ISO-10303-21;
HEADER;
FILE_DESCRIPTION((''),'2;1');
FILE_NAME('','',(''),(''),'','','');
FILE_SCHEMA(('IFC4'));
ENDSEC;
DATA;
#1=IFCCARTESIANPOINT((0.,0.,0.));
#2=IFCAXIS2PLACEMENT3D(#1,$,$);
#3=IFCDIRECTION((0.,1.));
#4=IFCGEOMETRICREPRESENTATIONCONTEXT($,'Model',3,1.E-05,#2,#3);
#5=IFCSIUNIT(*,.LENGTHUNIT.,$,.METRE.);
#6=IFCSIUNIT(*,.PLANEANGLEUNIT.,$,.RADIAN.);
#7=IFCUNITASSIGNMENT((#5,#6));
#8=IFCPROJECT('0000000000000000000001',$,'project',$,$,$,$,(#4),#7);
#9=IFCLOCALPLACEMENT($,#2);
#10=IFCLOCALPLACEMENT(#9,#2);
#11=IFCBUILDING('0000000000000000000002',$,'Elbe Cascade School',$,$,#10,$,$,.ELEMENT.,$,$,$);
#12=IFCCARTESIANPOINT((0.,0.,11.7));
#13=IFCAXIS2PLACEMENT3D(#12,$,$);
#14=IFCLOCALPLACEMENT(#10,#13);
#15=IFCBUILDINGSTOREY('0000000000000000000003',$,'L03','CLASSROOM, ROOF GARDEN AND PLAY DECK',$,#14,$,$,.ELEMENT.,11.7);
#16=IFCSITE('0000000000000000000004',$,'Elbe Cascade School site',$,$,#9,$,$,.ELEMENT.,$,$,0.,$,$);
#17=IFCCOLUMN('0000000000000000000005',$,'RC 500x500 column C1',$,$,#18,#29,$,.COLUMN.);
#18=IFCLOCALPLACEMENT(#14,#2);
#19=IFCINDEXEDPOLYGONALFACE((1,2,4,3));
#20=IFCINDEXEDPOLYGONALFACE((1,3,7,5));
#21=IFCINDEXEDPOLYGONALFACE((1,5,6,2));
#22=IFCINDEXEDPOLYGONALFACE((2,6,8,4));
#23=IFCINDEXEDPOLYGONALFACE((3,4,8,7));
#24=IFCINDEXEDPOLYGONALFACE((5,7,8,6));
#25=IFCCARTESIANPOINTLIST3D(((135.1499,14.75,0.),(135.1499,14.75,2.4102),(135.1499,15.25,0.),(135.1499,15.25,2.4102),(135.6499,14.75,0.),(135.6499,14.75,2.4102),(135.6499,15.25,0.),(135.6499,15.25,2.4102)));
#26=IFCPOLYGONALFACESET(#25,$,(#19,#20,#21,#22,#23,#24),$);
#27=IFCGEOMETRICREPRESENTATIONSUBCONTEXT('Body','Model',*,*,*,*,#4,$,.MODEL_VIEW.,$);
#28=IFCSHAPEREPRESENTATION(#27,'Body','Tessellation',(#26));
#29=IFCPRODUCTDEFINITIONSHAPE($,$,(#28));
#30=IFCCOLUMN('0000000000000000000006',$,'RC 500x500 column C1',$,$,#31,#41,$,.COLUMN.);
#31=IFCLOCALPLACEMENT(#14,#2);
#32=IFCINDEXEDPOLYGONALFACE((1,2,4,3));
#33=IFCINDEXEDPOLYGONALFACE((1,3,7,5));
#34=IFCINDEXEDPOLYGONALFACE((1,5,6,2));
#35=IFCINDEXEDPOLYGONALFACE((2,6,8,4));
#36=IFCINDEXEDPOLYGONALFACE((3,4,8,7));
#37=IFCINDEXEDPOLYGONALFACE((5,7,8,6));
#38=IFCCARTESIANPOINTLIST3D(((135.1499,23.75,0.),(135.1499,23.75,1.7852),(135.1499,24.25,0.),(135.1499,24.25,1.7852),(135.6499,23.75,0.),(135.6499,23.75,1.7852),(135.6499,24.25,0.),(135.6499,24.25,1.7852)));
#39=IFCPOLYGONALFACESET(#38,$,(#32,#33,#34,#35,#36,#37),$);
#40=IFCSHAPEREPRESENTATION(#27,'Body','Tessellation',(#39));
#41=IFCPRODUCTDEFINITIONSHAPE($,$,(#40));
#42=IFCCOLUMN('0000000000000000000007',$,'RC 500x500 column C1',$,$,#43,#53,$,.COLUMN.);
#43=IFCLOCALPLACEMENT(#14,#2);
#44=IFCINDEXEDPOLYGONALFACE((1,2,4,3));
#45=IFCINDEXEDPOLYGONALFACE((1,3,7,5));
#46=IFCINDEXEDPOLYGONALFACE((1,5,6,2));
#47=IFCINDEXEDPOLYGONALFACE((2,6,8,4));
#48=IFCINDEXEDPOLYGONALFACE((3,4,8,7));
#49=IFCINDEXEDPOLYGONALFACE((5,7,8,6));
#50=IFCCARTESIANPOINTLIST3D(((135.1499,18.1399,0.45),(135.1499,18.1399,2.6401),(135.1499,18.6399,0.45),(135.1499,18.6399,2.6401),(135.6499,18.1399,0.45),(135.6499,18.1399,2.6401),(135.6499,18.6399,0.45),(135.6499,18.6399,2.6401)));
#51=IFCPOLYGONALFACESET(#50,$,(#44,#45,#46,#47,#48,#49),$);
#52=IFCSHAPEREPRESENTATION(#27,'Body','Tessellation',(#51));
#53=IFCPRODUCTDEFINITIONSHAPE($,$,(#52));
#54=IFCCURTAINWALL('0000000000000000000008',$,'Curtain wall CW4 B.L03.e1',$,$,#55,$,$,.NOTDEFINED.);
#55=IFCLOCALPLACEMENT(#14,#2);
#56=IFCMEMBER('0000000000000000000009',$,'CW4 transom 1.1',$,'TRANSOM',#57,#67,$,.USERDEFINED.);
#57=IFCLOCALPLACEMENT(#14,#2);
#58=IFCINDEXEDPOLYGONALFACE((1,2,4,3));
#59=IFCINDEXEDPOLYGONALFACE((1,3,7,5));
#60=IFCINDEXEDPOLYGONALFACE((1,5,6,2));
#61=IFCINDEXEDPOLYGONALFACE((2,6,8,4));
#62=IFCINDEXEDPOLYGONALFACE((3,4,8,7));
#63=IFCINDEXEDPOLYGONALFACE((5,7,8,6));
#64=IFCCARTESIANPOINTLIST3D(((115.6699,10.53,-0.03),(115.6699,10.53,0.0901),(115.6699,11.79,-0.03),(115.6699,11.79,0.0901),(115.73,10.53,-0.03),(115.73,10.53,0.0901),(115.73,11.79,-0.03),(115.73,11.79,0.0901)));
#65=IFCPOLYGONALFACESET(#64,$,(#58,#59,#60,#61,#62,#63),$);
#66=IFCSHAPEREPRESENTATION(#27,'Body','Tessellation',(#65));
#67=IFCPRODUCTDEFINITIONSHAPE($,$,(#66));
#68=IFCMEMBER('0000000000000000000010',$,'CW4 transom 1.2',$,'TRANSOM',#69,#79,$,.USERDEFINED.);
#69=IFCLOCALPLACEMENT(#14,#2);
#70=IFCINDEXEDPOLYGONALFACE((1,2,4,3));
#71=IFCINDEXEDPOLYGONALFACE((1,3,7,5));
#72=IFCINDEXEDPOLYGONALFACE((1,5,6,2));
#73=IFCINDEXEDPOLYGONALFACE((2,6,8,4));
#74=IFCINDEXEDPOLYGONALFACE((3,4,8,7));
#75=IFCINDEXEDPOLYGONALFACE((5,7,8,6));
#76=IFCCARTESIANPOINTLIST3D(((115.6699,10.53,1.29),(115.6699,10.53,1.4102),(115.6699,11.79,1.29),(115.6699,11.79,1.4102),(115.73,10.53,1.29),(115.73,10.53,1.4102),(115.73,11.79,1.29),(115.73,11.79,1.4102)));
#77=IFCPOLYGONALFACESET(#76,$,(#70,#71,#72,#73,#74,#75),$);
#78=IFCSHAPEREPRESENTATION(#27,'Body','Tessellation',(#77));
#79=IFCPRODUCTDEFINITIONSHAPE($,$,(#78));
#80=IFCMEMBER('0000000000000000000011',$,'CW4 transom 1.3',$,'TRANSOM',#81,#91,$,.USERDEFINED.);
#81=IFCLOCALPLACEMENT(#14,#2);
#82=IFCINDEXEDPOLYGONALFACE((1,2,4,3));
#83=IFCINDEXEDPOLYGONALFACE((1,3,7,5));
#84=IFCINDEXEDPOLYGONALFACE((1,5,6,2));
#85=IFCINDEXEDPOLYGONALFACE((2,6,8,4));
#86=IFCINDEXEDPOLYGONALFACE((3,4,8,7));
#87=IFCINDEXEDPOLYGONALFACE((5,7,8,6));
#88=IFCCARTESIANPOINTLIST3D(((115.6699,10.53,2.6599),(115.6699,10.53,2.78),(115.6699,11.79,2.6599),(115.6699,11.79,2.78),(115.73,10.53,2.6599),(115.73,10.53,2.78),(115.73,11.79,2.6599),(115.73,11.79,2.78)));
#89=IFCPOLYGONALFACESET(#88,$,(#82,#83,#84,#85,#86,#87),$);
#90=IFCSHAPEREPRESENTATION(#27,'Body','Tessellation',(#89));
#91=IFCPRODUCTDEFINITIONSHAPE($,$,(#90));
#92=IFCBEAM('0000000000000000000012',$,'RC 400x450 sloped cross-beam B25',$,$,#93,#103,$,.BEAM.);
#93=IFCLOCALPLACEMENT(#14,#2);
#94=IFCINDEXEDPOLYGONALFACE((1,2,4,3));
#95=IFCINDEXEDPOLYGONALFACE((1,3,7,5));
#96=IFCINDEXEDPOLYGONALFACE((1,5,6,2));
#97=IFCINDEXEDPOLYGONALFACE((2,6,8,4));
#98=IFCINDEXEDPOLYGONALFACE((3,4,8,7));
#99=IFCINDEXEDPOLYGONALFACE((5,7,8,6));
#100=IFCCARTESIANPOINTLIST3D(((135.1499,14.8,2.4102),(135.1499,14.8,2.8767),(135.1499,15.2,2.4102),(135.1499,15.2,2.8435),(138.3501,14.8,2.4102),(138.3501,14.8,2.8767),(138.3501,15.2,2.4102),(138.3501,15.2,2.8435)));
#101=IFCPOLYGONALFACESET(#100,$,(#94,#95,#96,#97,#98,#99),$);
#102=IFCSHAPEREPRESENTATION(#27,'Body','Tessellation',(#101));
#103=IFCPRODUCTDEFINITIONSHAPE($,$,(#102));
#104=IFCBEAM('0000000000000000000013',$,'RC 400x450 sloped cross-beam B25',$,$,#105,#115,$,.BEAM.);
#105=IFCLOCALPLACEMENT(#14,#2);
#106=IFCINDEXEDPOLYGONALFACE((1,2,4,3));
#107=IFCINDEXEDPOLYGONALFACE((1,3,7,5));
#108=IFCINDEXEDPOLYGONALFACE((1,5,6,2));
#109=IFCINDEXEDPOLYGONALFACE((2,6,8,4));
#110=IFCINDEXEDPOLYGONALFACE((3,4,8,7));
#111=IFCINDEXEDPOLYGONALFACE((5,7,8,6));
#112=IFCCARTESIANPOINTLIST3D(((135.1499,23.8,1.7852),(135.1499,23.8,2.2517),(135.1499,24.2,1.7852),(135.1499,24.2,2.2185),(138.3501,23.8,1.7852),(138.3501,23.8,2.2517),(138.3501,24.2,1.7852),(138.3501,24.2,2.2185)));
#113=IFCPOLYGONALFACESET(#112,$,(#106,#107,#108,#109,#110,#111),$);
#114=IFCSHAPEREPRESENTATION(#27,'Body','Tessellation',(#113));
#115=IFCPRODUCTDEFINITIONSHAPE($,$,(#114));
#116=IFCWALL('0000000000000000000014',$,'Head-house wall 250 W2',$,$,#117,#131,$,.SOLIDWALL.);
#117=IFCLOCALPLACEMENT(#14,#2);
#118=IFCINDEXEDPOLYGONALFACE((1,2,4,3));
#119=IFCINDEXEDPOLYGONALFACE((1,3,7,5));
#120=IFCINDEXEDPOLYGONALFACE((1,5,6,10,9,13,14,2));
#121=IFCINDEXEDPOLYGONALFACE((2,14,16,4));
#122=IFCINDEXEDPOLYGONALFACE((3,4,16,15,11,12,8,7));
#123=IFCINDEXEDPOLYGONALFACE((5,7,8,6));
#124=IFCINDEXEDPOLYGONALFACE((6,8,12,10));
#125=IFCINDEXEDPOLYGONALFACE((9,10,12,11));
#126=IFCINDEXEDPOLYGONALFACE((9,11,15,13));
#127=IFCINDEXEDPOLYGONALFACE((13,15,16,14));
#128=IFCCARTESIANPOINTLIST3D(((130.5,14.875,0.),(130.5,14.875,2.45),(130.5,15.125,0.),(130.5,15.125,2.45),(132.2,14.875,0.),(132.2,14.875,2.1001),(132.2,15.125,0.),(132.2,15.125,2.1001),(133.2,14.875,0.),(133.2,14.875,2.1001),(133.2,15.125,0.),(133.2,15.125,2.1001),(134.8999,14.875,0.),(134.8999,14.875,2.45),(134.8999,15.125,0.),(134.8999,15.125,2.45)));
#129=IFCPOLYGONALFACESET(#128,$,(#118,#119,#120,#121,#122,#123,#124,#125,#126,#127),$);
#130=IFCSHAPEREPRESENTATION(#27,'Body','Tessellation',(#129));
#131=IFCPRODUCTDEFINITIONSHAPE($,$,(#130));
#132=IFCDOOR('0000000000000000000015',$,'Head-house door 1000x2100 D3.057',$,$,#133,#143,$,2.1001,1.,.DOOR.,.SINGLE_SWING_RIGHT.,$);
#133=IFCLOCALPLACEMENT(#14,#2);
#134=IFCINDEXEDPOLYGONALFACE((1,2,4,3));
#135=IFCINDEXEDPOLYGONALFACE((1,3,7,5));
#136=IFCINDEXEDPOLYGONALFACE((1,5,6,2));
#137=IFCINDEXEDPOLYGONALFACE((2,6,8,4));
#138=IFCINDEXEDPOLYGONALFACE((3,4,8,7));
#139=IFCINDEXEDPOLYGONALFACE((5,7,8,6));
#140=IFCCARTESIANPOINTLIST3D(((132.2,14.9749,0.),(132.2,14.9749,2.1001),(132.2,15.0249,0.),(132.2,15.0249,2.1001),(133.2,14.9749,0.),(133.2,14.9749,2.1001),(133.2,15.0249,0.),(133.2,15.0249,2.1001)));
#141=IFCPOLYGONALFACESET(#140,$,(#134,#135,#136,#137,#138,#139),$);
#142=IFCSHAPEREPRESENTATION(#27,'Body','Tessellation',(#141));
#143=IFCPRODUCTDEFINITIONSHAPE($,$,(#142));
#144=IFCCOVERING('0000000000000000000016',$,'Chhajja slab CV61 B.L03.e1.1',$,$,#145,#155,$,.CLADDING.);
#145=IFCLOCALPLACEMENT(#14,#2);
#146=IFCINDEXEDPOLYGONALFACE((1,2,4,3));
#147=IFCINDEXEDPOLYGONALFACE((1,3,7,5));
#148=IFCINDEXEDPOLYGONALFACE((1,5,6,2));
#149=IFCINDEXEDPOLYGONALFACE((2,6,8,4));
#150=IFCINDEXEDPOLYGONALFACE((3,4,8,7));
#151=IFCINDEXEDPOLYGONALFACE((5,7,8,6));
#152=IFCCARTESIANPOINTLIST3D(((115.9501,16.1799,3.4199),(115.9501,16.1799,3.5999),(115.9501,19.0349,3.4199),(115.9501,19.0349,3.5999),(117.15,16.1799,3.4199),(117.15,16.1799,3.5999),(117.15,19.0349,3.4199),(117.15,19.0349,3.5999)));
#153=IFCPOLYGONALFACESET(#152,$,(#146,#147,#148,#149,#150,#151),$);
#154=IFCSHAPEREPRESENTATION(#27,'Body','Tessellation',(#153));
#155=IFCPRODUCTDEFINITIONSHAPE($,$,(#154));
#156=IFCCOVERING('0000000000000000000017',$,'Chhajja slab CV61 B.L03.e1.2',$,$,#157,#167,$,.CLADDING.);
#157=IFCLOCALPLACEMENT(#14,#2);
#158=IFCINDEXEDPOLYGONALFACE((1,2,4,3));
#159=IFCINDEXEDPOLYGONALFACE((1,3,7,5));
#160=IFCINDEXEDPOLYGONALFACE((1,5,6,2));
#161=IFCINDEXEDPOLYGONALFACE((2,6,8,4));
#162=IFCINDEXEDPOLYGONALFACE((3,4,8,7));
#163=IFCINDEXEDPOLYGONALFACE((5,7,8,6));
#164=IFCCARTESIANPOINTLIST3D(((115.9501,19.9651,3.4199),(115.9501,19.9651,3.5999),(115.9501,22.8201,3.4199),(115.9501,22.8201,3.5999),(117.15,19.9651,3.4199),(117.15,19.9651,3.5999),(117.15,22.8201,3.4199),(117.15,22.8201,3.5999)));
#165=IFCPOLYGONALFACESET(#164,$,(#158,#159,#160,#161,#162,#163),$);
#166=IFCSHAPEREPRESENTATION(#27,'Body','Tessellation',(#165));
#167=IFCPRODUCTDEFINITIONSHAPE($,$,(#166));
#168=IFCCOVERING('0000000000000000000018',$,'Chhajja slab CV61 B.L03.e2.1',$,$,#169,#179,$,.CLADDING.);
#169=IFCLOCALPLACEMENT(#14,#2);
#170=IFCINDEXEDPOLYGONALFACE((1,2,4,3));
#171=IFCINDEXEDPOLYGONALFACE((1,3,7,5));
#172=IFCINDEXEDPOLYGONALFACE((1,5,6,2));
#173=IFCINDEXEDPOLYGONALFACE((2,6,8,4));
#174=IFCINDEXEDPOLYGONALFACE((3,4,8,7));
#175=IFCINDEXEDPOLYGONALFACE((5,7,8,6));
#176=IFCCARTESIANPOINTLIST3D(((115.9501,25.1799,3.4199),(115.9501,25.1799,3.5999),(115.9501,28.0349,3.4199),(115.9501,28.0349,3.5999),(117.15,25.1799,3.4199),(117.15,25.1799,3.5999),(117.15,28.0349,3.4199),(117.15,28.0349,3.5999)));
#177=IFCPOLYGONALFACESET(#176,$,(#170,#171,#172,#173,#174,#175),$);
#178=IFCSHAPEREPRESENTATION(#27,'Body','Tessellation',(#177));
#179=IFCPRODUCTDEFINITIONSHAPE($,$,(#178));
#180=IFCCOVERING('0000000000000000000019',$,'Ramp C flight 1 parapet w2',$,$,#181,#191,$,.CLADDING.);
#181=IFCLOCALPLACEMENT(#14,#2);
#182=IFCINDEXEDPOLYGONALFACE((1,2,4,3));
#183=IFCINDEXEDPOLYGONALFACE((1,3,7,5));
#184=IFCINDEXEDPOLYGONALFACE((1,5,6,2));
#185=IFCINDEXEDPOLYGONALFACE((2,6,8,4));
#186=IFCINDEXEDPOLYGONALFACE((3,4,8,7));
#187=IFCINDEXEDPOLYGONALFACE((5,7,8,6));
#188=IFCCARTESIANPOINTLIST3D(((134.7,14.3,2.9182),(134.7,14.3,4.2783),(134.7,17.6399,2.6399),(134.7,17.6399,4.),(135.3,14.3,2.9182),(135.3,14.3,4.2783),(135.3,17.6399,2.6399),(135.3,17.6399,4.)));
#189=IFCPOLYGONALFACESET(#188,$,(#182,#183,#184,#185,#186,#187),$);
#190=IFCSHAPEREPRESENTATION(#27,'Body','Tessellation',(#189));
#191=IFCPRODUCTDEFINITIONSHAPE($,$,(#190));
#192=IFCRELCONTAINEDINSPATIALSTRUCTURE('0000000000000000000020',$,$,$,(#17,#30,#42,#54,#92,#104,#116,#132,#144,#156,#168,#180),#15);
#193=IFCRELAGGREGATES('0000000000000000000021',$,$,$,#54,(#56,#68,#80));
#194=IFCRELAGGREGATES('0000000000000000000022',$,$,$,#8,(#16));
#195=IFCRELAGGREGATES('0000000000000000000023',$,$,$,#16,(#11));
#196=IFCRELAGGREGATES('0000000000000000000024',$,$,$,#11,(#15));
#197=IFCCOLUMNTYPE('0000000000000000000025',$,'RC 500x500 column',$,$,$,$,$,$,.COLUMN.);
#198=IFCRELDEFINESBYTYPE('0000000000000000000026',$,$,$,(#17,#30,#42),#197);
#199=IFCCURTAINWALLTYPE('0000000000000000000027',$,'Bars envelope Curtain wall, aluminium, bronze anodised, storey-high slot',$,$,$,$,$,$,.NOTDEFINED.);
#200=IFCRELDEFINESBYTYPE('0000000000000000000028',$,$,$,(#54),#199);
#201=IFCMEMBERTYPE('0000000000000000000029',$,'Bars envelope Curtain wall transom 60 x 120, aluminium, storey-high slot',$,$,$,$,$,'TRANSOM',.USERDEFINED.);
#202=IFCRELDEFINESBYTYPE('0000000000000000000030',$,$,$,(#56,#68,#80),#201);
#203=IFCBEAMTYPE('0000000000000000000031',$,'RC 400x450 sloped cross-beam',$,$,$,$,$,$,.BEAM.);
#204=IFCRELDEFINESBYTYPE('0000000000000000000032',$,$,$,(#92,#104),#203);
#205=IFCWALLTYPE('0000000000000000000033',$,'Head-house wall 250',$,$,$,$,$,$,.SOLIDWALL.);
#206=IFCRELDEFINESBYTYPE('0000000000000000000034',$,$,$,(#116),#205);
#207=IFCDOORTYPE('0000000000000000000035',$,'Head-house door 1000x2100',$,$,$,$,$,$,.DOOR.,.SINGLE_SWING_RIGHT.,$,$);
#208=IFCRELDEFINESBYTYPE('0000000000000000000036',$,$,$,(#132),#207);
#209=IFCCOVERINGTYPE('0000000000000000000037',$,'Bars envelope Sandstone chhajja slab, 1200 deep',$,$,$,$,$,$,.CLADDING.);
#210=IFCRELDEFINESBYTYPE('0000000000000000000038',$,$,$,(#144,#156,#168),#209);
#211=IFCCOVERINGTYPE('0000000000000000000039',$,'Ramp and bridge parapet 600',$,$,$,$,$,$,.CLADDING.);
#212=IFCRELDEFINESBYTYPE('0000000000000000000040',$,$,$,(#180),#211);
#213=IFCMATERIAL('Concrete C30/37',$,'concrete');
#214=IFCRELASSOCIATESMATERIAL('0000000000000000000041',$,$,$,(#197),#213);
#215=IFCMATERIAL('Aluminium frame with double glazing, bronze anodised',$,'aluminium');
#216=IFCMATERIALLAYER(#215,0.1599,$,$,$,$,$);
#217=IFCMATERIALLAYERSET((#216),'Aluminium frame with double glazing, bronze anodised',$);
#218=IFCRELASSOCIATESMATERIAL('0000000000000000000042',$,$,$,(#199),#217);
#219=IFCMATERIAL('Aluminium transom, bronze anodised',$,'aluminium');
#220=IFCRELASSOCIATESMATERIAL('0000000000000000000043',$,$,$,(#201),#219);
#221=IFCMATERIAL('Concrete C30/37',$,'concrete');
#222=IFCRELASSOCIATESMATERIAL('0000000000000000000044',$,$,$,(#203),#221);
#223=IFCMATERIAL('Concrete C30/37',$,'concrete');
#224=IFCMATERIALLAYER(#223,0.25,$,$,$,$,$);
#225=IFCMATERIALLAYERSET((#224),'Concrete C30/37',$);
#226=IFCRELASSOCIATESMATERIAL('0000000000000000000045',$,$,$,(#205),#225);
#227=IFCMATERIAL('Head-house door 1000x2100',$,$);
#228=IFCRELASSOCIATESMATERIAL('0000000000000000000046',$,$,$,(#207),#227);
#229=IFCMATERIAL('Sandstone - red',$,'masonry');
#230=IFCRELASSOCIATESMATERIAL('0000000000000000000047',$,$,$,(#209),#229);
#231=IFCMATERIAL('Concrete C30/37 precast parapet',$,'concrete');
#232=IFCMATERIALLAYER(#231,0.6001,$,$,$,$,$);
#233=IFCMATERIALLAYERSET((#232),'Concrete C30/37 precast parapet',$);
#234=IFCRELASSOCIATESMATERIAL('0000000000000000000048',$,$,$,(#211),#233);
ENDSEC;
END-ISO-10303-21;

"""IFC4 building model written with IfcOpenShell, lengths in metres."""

from ifc_helpers import new_model, si_unit, direction, frame, frame_2d, origin, origin_2d, place, context, subcontext, project, spatial, polyline, rectangle, outline, extrude, material, layer, layer_set, material_profile, profile_set, type_object, element, fill, aggregate, save


model = new_model("IFC4")

# Units and contexts
model_context = context("Model", 3, precision=1e-05, world=origin(), true_north=direction((0.0, 1.0)))
body_context = subcontext(model_context, "Body", "Model", "MODEL_VIEW")
ifc_project = project(units=[si_unit("LENGTHUNIT", "METRE"), si_unit("PLANEANGLEUNIT", "RADIAN")], contexts=[model_context])

# Site, building, storey
site_placement = place(None, origin())
site = spatial("IfcSite", under=ifc_project, at=site_placement, Name="Elbe Cascade School site", CompositionType="ELEMENT", RefElevation=0.0)
building_placement = place(site_placement, origin())
building = spatial("IfcBuilding", under=site, at=building_placement, Name="Elbe Cascade School", CompositionType="ELEMENT")
storey_placement = place(building_placement, frame((0.0, 0.0, 11.7)))
storey = spatial("IfcBuildingStorey", under=building, at=storey_placement, Name="L03", Description="CLASSROOM, ROOF GARDEN AND PLAY DECK", CompositionType="ELEMENT", Elevation=11.7)

# Columns
ifc_material_1 = material(Name="Concrete C30/37", Category="concrete")
ifc_material_profile_1 = material_profile(ifc_material_1, rectangle(XDim=0.5, YDim=0.5, at=origin_2d()), Name="RC 500x500")
ifc_profile_set_1 = profile_set([ifc_material_profile_1], Name="Concrete C30/37")
column_type = type_object("IfcColumnType", Name="RC 500x500 column", PredefinedType="COLUMN", material=ifc_profile_set_1)
column_1_placement = place(storey_placement, frame((135.3999, 15.0, 0.0), z_axis=(0.0, 0.0, 1.0), x_axis=(1.0, 0.0, 0.0)))
element("IfcColumn", 1, at=column_1_placement, inside=storey, type_object=column_type, Name="RC 500x500 column C1", PredefinedType="COLUMN", context=body_context, shape_type="SweptSolid", body=[
    extrude(rectangle(XDim=0.5, YDim=0.5, at=origin_2d()), origin(), (0.0, 0.0, 1.0), 2.4102),
])
column_2_placement = place(storey_placement, frame((135.3999, 24.0, 0.0), z_axis=(0.0, 0.0, 1.0), x_axis=(1.0, 0.0, 0.0)))
element("IfcColumn", 2, at=column_2_placement, inside=storey, type_object=column_type, Name="RC 500x500 column C1", PredefinedType="COLUMN", context=body_context, shape_type="SweptSolid", body=[
    extrude(rectangle(XDim=0.5, YDim=0.5, at=origin_2d()), origin(), (0.0, 0.0, 1.0), 1.7852),
])
column_3_placement = place(storey_placement, frame((135.3999, 18.3899, 0.45), z_axis=(0.0, 0.0, 1.0), x_axis=(1.0, 0.0, 0.0)))
element("IfcColumn", 3, at=column_3_placement, inside=storey, type_object=column_type, Name="RC 500x500 column C1", PredefinedType="COLUMN", context=body_context, shape_type="SweptSolid", body=[
    extrude(rectangle(XDim=0.5, YDim=0.5, at=origin_2d()), origin(), (0.0, 0.0, 1.0), 2.1902),
])

# Curtain wall, members
ifc_material_2 = material(Name="Aluminium frame with double glazing, bronze anodised", Category="aluminium")
ifc_layer_1 = layer(ifc_material_2, 0.1599)
ifc_layer_set_1 = layer_set([ifc_layer_1], Name="Aluminium frame with double glazing, bronze anodised")
curtain_wall_type = type_object("IfcCurtainWallType", Name="Bars envelope Curtain wall, aluminium, bronze anodised, storey-high slot", PredefinedType="NOTDEFINED", material=ifc_layer_set_1)
curtain_wall_placement = place(storey_placement, origin())
curtain_wall = element("IfcCurtainWall", 4, at=curtain_wall_placement, inside=storey, type_object=curtain_wall_type, Name="Curtain wall CW4 B.L03.e1", PredefinedType="NOTDEFINED")
ifc_material_3 = material(Name="Aluminium transom, bronze anodised", Category="aluminium")
ifc_material_profile_2 = material_profile(ifc_material_3, rectangle(XDim=0.0601, YDim=0.1201, at=origin_2d()), Name="Bars envelope Curtain wall transom 60 x 120, aluminium, storey-high slot")
ifc_profile_set_2 = profile_set([ifc_material_profile_2], Name="Aluminium transom, bronze anodised")
member_type = type_object("IfcMemberType", Name="Bars envelope Curtain wall transom 60 x 120, aluminium, storey-high slot", ElementType="TRANSOM", PredefinedType="USERDEFINED", material=ifc_profile_set_2)
member_1_placement = place(storey_placement, frame((115.7, 11.79, 0.03), z_axis=(0.0, -1.0, 0.0), x_axis=(1.0, 0.0, 0.0)))
member_1 = element("IfcMember", 5, at=member_1_placement, type_object=member_type, Name="CW4 transom 1.1", ObjectType="TRANSOM", PredefinedType="USERDEFINED", context=body_context, shape_type="SweptSolid", body=[
    extrude(rectangle(XDim=0.0601, YDim=0.1201, at=origin_2d()), origin(), (0.0, 0.0, 1.0), 1.26),
])
member_2_placement = place(storey_placement, frame((115.7, 11.79, 1.3501), z_axis=(0.0, -1.0, 0.0), x_axis=(1.0, 0.0, 0.0)))
member_2 = element("IfcMember", 6, at=member_2_placement, type_object=member_type, Name="CW4 transom 1.2", ObjectType="TRANSOM", PredefinedType="USERDEFINED", context=body_context, shape_type="SweptSolid", body=[
    extrude(rectangle(XDim=0.0601, YDim=0.1201, at=origin_2d()), origin(), (0.0, 0.0, 1.0), 1.26),
])
member_3_placement = place(storey_placement, frame((115.7, 11.79, 2.72), z_axis=(0.0, -1.0, 0.0), x_axis=(1.0, 0.0, 0.0)))
member_3 = element("IfcMember", 7, at=member_3_placement, type_object=member_type, Name="CW4 transom 1.3", ObjectType="TRANSOM", PredefinedType="USERDEFINED", context=body_context, shape_type="SweptSolid", body=[
    extrude(rectangle(XDim=0.0601, YDim=0.1201, at=origin_2d()), origin(), (0.0, 0.0, 1.0), 1.26),
])
aggregate(curtain_wall, [member_1, member_2, member_3])

# Beams
ifc_material_4 = material(Name="Concrete C30/37", Category="concrete")
ifc_material_profile_3 = material_profile(ifc_material_4, outline(polyline([(-0.2, 0.0), (0.2, 0.0), (0.2, 0.4333), (-0.2, 0.4666), (-0.2, 0.0)])), Name="RC cross-beam 400x450 sloped top")
ifc_profile_set_3 = profile_set([ifc_material_profile_3], Name="Concrete C30/37")
beam_type = type_object("IfcBeamType", Name="RC 400x450 sloped cross-beam", PredefinedType="BEAM", material=ifc_profile_set_3)
for number, where, z_axis, x_axis, name in (
    (8, (135.1499, 15.0, 2.4102), (1.0, 0.0, 0.0), (0.0, 1.0, 0.0), "RC 400x450 sloped cross-beam B25"),
    (9, (135.1499, 24.0, 1.7852), (1.0, 0.0, 0.0), (0.0, 1.0, 0.0), "RC 400x450 sloped cross-beam B25"),
):
    element("IfcBeam", number, at=place(storey_placement, frame(where, z_axis=z_axis, x_axis=x_axis)), inside=storey, type_object=beam_type, Name=name, PredefinedType="BEAM", context=body_context, shape_type="SweptSolid", body=[
        extrude(outline(polyline([(-0.2, 0.0), (0.2, 0.0), (0.2, 0.4333), (-0.2, 0.4666), (-0.2, 0.0)])), origin(), (0.0, 0.0, 1.0), 3.2002),
    ])

# Wall, opening, door
ifc_material_5 = material(Name="Concrete C30/37", Category="concrete")
ifc_layer_2 = layer(ifc_material_5, 0.25)
ifc_layer_set_2 = layer_set([ifc_layer_2], Name="Concrete C30/37")
wall_type = type_object("IfcWallType", Name="Head-house wall 250", PredefinedType="SOLIDWALL", material=ifc_layer_set_2)
wall_placement = place(storey_placement, frame((130.5, 15.0, 0.0), z_axis=(0.0, 0.0, 1.0), x_axis=(1.0, 0.0, 0.0)))
wall = element("IfcWall", 10, at=wall_placement, inside=storey, type_object=wall_type, Name="Head-house wall 250 W2", PredefinedType="SOLIDWALL", context=body_context, shape_type="SweptSolid", body=[
    extrude(rectangle(XDim=4.3999, YDim=0.25, at=frame_2d((2.2, 0.0))), origin(), (0.0, 0.0, 1.0), 2.45),
])
opening_placement = place(wall_placement, frame((1.7, 0.0, 0.0)))
opening = element("IfcOpeningElement", 11, at=opening_placement, cuts=wall, PredefinedType="OPENING", context=body_context, shape_type="SweptSolid", body=[
    extrude(rectangle(XDim=1.0, YDim=2.1001, at=frame_2d((0.5, 1.05))), frame((0.0, 0.135, 0.0), z_axis=(0.0, -1.0, 0.0), x_axis=(1.0, 0.0, 0.0)), (0.0, 0.0, 1.0), 0.27),
])
ifc_material_6 = material(Name="Head-house door 1000x2100")
door_type = type_object("IfcDoorType", Name="Head-house door 1000x2100", OperationType="SINGLE_SWING_RIGHT", PredefinedType="DOOR", material=ifc_material_6)
door_placement = place(opening_placement, origin())
door = element("IfcDoor", 12, at=door_placement, inside=storey, type_object=door_type, Name="Head-house door 1000x2100 D3.057", OperationType="SINGLE_SWING_RIGHT", OverallHeight=2.1001, OverallWidth=1.0, PredefinedType="DOOR", context=body_context, shape_type="SweptSolid", body=[
    extrude(rectangle(XDim=1.0, YDim=2.1001, at=frame_2d((0.5, 1.05))), frame((0.0, 0.0249, 0.0), z_axis=(0.0, -1.0, 0.0), x_axis=(1.0, 0.0, 0.0)), (0.0, 0.0, 1.0), 0.05),
])
fill(opening, door)

# Coverings
ifc_material_7 = material(Name="Sandstone - red", Category="masonry")
covering_type_1 = type_object("IfcCoveringType", Name="Bars envelope Sandstone chhajja slab, 1200 deep", PredefinedType="CLADDING", material=ifc_material_7)
for number, where, z_axis, x_axis, name in (
    (13, (116.55, 17.6074, 3.4199), (0.0, 0.0, 1.0), (0.0, 1.0, 0.0), "Chhajja slab CV61 B.L03.e1.1"),
    (14, (116.55, 21.3926, 3.4199), (0.0, 0.0, 1.0), (0.0, 1.0, 0.0), "Chhajja slab CV61 B.L03.e1.2"),
    (15, (116.55, 26.6074, 3.4199), (0.0, 0.0, 1.0), (0.0, 1.0, 0.0), "Chhajja slab CV61 B.L03.e2.1"),
):
    element("IfcCovering", number, at=place(storey_placement, frame(where, z_axis=z_axis, x_axis=x_axis)), inside=storey, type_object=covering_type_1, Name=name, PredefinedType="CLADDING", context=body_context, shape_type="SweptSolid", body=[
        extrude(rectangle(XDim=2.855, YDim=1.2, at=origin_2d()), origin(), (0.0, 0.0, 1.0), 0.1799),
    ])
ifc_material_8 = material(Name="Concrete C30/37 precast parapet", Category="concrete")
ifc_layer_3 = layer(ifc_material_8, 0.6001)
ifc_layer_set_3 = layer_set([ifc_layer_3], Name="Concrete C30/37 precast parapet")
covering_type_2 = type_object("IfcCoveringType", Name="Ramp and bridge parapet 600", PredefinedType="CLADDING", material=ifc_layer_set_3)
covering_1_placement = place(storey_placement, frame((134.7, 14.3, 4.2783), z_axis=(0.0, 0.083045, 0.996546), x_axis=(0.0, 0.996546, -0.083045)))
element("IfcCovering", 16, at=covering_1_placement, inside=storey, type_object=covering_type_2, Name="Ramp C flight 1 parapet w2", PredefinedType="CLADDING", context=body_context, shape_type="SweptSolid", body=[
    extrude(outline(polyline([(0.0, 0.0), (3.3514, 0.0), (3.3514, -0.6001), (0.0, -0.6001), (0.0, 0.0)])), origin(), (0.083045, 0.0, -0.996546), 1.3601),
])

save(model, "model.ifc")
